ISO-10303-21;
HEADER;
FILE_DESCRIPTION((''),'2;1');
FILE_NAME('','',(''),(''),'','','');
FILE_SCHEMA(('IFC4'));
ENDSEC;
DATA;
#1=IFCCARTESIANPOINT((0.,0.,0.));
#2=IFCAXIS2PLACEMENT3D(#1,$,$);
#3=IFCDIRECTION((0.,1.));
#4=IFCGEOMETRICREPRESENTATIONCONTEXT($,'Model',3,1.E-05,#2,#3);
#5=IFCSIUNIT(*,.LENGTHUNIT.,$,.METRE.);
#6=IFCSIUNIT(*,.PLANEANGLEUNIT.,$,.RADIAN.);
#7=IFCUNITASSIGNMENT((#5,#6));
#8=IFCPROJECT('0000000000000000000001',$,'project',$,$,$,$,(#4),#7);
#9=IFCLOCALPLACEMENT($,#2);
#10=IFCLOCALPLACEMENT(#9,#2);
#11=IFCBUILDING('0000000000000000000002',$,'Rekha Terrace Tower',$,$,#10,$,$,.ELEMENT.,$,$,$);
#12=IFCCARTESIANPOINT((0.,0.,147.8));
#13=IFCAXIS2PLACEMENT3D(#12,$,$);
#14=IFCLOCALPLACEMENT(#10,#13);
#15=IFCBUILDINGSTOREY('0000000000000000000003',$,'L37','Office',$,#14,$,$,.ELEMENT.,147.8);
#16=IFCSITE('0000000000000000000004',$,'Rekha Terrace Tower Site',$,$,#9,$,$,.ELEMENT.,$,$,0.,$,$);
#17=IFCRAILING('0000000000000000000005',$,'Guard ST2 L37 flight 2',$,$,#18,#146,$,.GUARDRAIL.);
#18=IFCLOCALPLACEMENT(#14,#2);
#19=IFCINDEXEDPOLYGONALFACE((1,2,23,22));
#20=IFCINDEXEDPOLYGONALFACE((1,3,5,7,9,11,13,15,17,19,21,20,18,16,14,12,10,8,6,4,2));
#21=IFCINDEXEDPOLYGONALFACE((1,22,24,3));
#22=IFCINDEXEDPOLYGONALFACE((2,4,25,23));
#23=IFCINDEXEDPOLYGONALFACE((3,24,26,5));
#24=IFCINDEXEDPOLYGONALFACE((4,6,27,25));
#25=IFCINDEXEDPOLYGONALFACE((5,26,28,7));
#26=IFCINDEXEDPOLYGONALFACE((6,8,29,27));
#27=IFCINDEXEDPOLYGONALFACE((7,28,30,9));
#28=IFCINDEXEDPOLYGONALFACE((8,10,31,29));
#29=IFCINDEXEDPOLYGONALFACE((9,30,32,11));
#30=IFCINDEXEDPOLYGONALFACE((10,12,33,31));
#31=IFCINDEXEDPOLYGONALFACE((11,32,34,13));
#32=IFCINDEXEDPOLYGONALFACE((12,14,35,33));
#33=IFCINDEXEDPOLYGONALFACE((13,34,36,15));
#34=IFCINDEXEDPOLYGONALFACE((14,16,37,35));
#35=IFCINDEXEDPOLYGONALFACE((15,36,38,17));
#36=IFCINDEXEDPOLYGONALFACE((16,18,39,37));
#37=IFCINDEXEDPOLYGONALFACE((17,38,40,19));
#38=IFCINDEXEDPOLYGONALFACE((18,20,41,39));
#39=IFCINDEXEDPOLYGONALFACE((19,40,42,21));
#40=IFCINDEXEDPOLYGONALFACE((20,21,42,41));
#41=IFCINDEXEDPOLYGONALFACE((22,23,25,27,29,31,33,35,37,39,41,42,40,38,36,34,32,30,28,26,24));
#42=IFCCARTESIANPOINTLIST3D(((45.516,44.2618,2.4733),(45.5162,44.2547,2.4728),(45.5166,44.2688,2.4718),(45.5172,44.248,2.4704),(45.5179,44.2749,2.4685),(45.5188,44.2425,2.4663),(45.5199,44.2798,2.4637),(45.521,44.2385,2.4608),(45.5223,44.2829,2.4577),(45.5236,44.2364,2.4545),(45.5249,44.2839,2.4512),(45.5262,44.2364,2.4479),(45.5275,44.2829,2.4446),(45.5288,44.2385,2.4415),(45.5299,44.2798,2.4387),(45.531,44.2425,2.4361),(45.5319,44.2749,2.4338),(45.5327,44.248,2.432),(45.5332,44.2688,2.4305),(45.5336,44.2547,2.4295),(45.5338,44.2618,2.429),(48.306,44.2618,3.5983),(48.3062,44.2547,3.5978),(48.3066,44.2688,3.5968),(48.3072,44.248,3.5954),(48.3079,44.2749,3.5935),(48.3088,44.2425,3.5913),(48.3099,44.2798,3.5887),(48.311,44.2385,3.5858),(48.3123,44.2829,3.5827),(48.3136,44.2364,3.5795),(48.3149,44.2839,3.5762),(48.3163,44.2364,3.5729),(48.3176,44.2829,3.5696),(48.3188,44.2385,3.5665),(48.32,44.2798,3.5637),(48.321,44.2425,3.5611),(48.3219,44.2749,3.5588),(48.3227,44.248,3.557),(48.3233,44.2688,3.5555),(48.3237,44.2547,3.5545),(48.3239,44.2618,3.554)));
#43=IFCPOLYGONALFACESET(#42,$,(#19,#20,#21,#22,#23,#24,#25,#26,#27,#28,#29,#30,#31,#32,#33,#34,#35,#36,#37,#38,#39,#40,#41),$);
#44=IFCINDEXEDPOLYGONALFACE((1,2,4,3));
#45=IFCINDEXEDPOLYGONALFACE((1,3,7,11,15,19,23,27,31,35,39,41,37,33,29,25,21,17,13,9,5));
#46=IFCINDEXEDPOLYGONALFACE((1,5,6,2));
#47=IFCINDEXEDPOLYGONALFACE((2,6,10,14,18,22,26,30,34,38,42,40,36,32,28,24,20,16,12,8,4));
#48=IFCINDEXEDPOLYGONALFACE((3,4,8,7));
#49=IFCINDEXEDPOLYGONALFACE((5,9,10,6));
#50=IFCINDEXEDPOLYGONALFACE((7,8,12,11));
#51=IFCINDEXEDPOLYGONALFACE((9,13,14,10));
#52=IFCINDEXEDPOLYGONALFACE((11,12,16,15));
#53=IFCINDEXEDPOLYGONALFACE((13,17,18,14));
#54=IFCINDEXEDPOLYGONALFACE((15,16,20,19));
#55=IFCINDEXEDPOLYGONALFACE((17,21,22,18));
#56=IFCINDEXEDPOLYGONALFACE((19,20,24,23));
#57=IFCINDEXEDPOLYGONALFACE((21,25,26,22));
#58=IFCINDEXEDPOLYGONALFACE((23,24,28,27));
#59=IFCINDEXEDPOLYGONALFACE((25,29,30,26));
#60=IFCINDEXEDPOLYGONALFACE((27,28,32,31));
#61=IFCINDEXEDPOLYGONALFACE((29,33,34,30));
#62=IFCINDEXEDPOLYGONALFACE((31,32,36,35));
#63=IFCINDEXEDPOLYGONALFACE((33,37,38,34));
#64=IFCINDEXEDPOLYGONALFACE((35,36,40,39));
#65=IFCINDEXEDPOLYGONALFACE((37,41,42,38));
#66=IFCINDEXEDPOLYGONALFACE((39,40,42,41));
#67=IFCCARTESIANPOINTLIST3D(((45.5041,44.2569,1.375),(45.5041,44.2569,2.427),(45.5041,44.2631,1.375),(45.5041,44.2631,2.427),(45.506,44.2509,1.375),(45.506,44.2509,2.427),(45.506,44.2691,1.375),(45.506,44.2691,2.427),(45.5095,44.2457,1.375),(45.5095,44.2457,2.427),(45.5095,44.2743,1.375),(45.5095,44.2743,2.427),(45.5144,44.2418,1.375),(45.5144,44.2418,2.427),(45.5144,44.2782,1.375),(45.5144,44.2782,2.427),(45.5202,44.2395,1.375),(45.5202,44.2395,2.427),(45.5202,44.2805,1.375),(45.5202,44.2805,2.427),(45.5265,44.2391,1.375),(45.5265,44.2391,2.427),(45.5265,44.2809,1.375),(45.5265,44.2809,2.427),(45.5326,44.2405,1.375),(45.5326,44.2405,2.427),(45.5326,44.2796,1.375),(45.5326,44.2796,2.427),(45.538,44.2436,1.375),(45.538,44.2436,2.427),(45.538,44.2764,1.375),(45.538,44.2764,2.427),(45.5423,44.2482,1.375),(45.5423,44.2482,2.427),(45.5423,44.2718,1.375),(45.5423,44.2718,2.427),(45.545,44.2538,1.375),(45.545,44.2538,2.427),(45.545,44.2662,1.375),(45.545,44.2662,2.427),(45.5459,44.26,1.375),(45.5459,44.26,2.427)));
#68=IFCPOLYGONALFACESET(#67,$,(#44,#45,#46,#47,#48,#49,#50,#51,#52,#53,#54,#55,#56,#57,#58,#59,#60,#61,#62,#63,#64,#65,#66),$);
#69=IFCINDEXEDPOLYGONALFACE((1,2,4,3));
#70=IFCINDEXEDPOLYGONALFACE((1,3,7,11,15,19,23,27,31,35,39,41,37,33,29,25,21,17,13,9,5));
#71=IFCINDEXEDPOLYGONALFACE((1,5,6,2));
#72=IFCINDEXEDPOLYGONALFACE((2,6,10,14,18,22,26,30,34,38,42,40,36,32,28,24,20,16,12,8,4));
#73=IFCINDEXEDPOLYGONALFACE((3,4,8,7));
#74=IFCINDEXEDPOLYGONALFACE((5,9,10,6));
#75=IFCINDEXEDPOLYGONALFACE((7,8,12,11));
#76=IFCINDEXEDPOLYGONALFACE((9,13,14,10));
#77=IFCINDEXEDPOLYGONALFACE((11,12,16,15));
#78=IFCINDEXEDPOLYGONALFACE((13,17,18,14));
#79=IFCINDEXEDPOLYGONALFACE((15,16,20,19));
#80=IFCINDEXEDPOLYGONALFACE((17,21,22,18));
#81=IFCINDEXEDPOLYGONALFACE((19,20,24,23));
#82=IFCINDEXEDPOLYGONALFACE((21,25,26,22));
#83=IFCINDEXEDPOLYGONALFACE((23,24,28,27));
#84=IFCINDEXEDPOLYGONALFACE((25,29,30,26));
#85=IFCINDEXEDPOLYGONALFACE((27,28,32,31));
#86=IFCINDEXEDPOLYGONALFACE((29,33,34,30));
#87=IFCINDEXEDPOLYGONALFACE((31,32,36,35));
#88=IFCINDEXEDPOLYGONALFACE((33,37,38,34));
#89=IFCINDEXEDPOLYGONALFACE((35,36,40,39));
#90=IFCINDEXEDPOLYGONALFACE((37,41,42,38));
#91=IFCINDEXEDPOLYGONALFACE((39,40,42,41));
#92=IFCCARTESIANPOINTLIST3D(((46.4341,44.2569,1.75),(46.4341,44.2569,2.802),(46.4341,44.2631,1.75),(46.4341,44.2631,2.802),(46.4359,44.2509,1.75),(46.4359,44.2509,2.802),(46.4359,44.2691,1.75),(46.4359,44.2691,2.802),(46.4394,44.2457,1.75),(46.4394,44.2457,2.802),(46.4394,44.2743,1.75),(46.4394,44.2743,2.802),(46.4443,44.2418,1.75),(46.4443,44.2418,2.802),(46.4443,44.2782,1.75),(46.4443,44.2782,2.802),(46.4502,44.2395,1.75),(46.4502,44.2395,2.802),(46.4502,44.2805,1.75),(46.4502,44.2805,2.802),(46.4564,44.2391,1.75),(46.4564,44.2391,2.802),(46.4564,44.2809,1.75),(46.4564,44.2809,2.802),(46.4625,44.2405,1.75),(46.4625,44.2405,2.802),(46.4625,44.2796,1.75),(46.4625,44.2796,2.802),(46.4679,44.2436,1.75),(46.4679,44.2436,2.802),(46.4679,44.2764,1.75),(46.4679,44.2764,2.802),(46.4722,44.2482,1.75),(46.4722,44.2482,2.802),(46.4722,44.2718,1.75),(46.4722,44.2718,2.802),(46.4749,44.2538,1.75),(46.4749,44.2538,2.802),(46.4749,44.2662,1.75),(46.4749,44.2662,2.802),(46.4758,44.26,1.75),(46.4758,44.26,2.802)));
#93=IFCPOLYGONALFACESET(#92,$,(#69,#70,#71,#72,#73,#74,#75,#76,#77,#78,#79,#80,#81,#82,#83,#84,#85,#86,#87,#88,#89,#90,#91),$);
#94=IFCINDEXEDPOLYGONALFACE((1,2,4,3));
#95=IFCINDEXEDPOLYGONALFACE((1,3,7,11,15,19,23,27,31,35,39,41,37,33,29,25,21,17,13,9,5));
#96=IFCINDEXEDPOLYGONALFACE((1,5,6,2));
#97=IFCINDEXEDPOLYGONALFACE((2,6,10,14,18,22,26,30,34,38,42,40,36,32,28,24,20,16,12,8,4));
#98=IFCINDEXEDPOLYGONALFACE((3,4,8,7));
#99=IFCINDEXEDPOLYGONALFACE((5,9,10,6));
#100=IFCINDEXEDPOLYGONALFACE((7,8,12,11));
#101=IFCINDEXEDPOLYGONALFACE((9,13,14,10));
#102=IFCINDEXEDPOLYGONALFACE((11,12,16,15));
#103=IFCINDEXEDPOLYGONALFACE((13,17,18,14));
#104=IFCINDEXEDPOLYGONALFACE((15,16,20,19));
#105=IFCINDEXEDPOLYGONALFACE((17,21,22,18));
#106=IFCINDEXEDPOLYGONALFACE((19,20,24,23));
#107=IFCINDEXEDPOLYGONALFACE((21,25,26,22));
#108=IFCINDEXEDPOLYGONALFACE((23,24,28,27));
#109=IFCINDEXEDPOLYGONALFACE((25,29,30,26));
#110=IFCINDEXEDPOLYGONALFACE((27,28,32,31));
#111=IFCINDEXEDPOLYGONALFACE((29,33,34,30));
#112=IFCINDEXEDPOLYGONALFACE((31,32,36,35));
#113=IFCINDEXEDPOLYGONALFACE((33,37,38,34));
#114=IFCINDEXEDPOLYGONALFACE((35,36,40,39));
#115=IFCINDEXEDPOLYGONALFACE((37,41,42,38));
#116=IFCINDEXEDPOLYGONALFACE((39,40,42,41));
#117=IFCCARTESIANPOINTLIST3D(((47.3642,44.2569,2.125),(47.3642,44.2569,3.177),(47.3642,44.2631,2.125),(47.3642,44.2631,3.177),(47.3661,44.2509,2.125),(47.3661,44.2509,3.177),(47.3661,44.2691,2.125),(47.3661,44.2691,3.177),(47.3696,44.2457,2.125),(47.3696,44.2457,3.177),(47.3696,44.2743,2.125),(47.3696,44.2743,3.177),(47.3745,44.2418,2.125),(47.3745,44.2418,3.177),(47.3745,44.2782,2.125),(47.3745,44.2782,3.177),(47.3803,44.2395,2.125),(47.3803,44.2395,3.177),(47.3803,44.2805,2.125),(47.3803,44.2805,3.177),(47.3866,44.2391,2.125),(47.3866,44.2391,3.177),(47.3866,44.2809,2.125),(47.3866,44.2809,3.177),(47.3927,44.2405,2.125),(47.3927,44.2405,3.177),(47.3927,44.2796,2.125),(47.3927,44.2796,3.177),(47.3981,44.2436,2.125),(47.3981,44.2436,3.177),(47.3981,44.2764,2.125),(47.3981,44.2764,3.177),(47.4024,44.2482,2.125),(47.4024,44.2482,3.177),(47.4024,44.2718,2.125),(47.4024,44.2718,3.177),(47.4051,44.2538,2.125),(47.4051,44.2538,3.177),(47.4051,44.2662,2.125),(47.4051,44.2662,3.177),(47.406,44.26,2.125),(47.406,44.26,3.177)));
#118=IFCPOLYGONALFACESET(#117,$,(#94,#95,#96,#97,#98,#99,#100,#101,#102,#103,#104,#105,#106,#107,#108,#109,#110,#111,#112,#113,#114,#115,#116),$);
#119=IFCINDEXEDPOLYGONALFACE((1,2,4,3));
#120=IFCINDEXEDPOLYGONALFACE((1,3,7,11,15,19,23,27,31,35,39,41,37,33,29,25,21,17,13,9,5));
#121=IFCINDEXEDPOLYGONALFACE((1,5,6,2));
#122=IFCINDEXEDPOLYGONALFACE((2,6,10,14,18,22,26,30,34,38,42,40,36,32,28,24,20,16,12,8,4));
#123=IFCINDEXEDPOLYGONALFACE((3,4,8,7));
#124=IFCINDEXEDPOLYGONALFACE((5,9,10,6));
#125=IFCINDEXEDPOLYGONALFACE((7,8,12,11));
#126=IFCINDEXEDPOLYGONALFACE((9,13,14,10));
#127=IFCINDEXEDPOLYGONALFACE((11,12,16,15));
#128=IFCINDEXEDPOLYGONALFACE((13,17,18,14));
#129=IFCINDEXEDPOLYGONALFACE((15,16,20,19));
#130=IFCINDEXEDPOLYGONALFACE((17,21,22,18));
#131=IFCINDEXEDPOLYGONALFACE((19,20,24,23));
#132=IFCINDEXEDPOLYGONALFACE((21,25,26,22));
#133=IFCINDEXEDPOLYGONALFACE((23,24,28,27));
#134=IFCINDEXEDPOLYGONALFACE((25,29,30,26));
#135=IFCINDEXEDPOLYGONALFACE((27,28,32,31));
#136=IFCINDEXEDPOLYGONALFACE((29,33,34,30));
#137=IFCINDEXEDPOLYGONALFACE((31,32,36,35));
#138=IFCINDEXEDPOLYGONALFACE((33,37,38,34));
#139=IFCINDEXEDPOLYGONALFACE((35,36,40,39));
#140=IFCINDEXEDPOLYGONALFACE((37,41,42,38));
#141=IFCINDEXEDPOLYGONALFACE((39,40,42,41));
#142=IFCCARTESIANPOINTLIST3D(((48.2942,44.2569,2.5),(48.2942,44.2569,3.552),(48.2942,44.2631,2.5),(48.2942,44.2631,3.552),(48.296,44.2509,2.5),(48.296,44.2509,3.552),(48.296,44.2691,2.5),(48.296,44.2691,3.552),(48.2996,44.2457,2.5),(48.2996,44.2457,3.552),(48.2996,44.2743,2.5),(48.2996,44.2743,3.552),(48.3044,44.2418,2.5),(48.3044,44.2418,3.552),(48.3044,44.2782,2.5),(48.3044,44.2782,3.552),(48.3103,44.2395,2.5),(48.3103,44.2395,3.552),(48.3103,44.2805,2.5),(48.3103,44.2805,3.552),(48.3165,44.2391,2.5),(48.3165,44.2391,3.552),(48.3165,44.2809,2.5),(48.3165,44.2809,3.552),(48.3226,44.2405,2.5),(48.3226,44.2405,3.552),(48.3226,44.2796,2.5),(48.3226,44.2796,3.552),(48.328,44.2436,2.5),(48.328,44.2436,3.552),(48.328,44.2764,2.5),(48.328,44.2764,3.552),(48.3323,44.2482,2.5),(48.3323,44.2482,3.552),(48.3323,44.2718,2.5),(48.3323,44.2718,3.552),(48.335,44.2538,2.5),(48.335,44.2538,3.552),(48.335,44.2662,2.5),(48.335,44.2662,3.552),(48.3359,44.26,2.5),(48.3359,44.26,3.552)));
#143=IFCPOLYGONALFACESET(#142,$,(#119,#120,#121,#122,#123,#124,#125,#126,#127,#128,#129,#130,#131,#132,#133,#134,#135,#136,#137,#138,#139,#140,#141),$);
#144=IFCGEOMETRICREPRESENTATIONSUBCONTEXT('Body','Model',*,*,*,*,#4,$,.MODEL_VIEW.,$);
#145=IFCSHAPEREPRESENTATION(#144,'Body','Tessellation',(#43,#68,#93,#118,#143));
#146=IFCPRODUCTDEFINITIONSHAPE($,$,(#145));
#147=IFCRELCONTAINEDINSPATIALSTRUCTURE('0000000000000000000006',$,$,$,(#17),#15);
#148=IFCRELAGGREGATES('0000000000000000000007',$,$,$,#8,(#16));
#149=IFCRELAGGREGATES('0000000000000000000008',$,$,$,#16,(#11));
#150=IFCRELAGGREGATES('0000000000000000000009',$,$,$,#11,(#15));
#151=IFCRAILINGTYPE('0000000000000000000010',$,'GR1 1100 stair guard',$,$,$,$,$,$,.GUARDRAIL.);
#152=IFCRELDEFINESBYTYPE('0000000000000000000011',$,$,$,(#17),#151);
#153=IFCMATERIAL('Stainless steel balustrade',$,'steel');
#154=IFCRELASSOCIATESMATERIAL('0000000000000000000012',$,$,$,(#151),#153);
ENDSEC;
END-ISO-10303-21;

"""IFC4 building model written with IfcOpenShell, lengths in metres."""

from ifc_helpers import new_model, si_unit, direction, frame, origin, origin_2d, place, context, subcontext, project, spatial, circle, extrude, material, type_object, element, save


model = new_model("IFC4")

# Units and contexts
model_context = context("Model", 3, precision=1e-05, world=origin(), true_north=direction((0.0, 1.0)))
body_context = subcontext(model_context, "Body", "Model", "MODEL_VIEW")
ifc_project = project(units=[si_unit("LENGTHUNIT", "METRE"), si_unit("PLANEANGLEUNIT", "RADIAN")], contexts=[model_context])

# Site, building, storey
site_placement = place(None, origin())
site = spatial("IfcSite", under=ifc_project, at=site_placement, Name="Rekha Terrace Tower Site", CompositionType="ELEMENT", RefElevation=0.0)
building_placement = place(site_placement, origin())
building = spatial("IfcBuilding", under=site, at=building_placement, Name="Rekha Terrace Tower", CompositionType="ELEMENT")
storey_placement = place(building_placement, frame((0.0, 0.0, 147.8)))
storey = spatial("IfcBuildingStorey", under=building, at=storey_placement, Name="L37", Description="Office", CompositionType="ELEMENT", Elevation=147.8)

# Railing
ifc_material_1 = material(Name="Stainless steel balustrade", Category="steel")
railing_type_1 = type_object("IfcRailingType", Name="GR1 1100 stair guard", PredefinedType="GUARDRAIL", material=ifc_material_1)
railing_1_placement = place(storey_placement, frame((45.5249, 44.26, 1.375)))
element("IfcRailing", 1, at=railing_1_placement, inside=storey, type_object=railing_type_1, Name="Guard ST2 L37 flight 2", PredefinedType="GUARDRAIL", context=body_context, shape_type="SweptSolid", body=[
    extrude(circle(Radius=0.0239, at=origin_2d()), frame((0.0, 0.0, 1.0762), z_axis=(0.927443, 0.0, 0.373964), x_axis=(0.0, 1.0, 0.0)), (0.0, 0.0, 1.0), 3.0083),
    extrude(circle(Radius=0.021, at=origin_2d()), origin(), (0.0, 0.0, 1.0), 1.052),
    extrude(circle(Radius=0.021, at=origin_2d()), frame((0.9299, 0.0, 0.375)), (0.0, 0.0, 1.0), 1.052),
    extrude(circle(Radius=0.021, at=origin_2d()), frame((1.8601, 0.0, 0.75)), (0.0, 0.0, 1.0), 1.052),
    extrude(circle(Radius=0.021, at=origin_2d()), frame((2.79, 0.0, 1.125)), (0.0, 0.0, 1.0), 1.052),
])

save(model, "model.ifc")
